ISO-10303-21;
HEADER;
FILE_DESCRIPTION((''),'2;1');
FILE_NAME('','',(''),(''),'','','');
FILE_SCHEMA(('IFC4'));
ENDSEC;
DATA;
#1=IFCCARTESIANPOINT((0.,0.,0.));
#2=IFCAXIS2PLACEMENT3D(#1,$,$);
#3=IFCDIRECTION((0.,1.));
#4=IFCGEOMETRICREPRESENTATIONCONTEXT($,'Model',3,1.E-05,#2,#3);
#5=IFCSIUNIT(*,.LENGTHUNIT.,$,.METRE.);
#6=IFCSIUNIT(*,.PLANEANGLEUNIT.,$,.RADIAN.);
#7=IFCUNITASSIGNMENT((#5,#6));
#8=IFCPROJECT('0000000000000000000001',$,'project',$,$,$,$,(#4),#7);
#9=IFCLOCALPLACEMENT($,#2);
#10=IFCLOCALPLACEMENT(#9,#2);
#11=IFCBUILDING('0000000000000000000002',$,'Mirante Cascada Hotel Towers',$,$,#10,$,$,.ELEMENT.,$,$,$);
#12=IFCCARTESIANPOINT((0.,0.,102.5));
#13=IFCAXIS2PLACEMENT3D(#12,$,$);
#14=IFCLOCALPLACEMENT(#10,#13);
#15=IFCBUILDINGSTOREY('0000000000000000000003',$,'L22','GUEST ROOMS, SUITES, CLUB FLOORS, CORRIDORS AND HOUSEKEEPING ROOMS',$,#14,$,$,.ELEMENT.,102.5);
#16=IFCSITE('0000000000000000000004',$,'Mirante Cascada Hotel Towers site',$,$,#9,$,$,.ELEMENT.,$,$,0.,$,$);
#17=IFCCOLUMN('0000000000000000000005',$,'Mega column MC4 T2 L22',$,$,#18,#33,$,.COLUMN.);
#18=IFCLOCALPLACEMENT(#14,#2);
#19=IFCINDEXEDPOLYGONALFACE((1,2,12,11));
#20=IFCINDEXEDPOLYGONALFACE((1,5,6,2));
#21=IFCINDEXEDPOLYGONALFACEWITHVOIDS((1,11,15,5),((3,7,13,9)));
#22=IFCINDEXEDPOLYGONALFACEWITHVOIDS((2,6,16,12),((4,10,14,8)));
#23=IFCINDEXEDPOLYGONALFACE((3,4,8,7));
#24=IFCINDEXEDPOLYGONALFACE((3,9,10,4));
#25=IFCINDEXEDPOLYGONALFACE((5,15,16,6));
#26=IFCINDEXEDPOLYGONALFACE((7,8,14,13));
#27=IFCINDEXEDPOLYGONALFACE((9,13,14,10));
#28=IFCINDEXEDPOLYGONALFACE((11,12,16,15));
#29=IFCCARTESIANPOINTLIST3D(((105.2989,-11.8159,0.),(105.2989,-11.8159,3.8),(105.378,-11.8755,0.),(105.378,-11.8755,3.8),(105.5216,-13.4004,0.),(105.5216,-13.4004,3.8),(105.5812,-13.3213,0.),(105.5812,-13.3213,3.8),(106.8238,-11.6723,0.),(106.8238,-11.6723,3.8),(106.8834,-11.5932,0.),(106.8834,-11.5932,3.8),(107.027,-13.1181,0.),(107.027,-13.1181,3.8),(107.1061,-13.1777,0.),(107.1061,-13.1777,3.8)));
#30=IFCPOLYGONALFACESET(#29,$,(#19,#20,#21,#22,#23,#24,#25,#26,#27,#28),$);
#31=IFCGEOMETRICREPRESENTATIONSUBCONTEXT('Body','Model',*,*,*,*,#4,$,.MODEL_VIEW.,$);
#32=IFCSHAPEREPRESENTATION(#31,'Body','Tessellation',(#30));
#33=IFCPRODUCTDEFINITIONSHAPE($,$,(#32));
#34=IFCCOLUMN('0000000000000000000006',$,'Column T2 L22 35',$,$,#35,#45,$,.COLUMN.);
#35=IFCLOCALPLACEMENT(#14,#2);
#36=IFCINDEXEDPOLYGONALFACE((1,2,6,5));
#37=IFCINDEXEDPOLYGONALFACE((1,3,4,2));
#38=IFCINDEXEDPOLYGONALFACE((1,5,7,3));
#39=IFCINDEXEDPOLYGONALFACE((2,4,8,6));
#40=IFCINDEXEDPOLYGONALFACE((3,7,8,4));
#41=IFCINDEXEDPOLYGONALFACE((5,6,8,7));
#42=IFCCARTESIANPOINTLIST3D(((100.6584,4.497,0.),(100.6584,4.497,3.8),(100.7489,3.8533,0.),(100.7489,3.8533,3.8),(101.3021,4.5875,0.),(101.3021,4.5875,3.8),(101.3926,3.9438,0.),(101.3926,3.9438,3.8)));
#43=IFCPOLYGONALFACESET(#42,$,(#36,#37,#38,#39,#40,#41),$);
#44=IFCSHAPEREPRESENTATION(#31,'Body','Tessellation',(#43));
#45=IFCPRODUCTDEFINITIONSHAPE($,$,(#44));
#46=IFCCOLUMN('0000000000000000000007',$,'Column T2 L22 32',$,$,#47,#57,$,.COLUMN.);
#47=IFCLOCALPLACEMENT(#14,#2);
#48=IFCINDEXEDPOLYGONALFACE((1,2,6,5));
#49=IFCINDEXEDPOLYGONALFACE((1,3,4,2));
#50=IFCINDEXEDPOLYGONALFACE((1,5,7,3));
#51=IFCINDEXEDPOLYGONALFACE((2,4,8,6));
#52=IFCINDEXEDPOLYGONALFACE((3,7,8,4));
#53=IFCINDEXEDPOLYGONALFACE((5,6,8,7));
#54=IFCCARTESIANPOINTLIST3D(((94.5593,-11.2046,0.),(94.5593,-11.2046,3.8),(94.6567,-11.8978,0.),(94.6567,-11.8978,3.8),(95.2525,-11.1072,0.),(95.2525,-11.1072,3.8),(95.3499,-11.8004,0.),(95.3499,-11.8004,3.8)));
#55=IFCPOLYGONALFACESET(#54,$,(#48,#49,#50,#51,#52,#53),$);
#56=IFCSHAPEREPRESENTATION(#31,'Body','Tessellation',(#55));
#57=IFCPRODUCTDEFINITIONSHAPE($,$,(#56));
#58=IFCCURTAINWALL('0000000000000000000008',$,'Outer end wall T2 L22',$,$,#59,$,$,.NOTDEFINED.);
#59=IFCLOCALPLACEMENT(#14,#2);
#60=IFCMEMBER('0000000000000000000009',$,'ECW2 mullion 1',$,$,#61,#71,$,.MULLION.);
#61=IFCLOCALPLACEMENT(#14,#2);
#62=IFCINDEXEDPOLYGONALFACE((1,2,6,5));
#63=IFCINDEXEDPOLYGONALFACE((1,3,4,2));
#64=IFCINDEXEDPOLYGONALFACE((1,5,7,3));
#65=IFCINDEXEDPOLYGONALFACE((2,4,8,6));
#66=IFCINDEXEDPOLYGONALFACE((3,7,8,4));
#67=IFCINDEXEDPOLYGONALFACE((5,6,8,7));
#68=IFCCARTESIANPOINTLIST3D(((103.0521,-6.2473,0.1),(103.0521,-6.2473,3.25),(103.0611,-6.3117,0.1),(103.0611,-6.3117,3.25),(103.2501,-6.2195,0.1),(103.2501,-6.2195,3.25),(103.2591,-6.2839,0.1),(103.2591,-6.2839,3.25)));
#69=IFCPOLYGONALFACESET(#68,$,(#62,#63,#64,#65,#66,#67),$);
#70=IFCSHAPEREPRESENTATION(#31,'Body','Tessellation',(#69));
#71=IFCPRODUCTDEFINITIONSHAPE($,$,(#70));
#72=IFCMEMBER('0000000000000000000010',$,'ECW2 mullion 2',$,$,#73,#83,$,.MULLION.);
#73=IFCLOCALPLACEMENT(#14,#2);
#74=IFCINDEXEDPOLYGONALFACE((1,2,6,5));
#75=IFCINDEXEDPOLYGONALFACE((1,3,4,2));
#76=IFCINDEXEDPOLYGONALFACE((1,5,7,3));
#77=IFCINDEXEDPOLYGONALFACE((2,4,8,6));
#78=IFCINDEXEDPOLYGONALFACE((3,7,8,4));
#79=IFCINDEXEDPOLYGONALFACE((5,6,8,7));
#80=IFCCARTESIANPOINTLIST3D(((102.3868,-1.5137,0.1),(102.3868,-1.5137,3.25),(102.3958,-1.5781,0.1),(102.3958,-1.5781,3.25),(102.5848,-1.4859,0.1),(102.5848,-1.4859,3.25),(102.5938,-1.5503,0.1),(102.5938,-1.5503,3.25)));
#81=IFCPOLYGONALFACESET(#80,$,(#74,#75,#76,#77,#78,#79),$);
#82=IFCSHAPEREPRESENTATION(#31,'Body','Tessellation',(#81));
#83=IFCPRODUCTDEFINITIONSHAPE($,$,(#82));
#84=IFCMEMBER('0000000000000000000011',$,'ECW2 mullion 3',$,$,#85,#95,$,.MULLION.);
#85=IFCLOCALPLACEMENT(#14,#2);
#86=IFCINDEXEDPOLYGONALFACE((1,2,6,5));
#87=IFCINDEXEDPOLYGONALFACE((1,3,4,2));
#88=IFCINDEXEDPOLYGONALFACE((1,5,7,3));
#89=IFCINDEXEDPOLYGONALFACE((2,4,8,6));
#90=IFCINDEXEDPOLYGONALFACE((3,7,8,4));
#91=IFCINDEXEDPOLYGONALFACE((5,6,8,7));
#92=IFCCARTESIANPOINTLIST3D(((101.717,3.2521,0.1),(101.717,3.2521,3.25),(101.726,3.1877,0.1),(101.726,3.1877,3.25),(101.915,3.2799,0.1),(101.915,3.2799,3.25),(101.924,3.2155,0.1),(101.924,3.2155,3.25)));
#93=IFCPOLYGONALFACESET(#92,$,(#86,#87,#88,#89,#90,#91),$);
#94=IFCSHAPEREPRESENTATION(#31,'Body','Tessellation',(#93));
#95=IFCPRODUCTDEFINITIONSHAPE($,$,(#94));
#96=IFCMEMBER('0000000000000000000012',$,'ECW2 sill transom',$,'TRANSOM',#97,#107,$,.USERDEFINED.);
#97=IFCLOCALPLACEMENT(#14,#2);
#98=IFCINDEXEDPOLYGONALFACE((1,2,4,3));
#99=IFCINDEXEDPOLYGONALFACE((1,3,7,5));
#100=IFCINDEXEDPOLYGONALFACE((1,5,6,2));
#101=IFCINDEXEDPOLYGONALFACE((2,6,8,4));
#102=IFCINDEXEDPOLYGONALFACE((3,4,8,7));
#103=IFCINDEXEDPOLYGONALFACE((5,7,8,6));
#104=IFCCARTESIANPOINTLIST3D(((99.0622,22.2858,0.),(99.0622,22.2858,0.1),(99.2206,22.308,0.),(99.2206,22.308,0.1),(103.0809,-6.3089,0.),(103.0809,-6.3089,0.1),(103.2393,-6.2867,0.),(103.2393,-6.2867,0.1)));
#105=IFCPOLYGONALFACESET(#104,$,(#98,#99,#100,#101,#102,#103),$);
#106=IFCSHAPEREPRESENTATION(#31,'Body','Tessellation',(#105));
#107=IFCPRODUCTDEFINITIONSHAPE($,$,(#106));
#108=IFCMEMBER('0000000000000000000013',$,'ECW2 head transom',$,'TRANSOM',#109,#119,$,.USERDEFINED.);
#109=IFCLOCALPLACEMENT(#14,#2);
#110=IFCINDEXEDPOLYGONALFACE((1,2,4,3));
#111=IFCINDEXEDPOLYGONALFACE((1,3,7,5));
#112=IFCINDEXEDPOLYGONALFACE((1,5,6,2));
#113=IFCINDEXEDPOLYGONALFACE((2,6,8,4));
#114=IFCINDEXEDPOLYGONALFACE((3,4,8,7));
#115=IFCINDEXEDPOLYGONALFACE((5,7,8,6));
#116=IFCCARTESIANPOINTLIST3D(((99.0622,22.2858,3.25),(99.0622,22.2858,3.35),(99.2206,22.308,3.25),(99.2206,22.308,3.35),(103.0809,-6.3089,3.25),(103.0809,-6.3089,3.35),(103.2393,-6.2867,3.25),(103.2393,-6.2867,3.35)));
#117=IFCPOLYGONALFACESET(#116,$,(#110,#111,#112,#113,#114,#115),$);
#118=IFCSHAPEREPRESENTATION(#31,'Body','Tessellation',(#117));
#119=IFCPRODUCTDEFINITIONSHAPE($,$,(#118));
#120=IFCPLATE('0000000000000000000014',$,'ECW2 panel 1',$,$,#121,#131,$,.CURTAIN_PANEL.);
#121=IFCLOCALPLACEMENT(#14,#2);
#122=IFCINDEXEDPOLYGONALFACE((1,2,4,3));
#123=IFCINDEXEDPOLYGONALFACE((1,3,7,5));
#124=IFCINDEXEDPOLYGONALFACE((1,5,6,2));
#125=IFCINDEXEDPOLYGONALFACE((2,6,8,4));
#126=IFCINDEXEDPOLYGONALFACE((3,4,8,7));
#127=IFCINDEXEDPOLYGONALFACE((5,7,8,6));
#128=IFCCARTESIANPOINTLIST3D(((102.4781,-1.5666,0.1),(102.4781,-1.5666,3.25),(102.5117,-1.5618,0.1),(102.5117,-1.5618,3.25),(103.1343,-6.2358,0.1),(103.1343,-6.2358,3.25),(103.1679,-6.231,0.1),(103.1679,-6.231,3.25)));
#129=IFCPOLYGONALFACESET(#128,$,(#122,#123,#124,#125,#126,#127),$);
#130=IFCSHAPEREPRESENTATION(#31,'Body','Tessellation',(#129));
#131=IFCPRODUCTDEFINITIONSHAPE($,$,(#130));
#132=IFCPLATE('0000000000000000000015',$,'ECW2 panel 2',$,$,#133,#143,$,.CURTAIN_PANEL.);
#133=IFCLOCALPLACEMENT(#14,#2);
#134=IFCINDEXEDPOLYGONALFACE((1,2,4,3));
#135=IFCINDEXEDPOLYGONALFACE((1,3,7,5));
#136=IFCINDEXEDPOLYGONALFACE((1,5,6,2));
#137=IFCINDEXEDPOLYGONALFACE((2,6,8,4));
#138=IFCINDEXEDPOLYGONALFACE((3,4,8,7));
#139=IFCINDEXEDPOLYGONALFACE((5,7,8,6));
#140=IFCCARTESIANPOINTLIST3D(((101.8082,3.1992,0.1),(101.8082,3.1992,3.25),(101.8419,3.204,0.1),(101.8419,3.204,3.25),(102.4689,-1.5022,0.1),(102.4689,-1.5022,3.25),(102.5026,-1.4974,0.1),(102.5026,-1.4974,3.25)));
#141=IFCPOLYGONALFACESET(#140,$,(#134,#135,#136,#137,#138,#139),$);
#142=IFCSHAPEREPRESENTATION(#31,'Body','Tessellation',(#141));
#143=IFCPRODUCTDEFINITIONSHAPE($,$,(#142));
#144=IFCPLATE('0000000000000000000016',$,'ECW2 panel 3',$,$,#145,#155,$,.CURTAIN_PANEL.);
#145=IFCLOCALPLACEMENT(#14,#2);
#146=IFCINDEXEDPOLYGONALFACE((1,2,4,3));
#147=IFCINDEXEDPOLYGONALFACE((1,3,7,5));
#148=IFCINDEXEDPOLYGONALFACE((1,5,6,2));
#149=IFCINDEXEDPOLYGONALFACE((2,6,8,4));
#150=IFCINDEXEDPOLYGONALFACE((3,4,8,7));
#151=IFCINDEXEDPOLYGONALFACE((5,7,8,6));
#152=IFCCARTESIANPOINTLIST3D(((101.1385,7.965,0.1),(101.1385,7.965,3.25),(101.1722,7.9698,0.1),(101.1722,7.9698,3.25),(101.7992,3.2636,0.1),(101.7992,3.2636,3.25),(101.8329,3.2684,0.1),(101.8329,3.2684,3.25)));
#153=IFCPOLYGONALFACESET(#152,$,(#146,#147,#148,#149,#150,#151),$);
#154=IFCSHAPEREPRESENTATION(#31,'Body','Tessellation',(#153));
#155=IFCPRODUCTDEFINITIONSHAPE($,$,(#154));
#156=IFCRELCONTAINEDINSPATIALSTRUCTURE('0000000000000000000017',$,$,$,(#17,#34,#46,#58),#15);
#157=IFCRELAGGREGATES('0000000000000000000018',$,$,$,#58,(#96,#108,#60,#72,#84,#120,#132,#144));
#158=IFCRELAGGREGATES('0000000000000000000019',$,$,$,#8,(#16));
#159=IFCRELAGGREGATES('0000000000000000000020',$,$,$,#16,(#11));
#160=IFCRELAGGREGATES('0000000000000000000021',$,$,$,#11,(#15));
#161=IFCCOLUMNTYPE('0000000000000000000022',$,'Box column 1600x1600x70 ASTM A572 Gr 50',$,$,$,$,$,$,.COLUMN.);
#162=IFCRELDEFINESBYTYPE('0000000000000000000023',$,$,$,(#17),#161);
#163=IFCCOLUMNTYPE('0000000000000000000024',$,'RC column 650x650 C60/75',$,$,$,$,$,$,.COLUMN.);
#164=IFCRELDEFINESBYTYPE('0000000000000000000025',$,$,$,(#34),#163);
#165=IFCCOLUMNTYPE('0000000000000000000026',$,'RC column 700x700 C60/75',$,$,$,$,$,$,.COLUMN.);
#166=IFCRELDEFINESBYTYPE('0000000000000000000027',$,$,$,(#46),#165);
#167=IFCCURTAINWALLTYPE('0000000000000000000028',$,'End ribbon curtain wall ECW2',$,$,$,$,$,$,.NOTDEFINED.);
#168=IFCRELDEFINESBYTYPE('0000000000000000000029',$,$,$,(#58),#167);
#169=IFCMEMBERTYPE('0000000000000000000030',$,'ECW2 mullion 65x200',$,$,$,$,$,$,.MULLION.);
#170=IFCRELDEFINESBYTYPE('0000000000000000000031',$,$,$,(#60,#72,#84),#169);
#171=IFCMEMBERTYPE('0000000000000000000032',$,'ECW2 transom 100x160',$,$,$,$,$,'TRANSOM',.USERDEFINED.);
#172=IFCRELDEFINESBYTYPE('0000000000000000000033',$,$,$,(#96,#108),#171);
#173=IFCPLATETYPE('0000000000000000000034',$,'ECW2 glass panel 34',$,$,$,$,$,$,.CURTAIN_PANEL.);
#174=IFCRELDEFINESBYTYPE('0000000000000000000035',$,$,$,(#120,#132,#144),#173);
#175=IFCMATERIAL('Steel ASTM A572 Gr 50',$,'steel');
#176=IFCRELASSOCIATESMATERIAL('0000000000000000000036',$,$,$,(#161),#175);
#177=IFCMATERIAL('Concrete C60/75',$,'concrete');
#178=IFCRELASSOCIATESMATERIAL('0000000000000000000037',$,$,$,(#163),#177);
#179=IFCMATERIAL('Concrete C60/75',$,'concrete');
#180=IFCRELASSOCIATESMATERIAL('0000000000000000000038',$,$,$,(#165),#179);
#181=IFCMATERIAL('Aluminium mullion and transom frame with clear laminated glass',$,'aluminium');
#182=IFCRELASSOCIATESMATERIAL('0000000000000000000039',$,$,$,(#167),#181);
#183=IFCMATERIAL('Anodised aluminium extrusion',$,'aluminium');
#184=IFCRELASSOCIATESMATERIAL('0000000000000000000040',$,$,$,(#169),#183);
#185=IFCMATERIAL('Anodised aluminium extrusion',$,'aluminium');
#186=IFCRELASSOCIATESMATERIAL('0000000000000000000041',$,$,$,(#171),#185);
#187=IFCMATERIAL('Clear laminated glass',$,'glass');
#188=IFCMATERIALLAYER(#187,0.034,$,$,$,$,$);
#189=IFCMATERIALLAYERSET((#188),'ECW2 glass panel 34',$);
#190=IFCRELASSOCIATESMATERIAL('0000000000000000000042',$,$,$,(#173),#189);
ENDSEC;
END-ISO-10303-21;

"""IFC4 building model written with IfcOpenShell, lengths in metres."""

from ifc_helpers import new_model, si_unit, direction, frame, origin, origin_2d, place, context, subcontext, project, spatial, rectangle, hollow_rectangle, extrude, material, layer, layer_set, material_profile, profile_set, type_object, element, aggregate, save


model = new_model("IFC4")

# Units and contexts
model_context = context("Model", 3, precision=1e-05, world=origin(), true_north=direction((0.0, 1.0)))
body_context = subcontext(model_context, "Body", "Model", "MODEL_VIEW")
ifc_project = project(units=[si_unit("LENGTHUNIT", "METRE"), si_unit("PLANEANGLEUNIT", "RADIAN")], contexts=[model_context])

# Site, building, storey
site_placement = place(None, origin())
site = spatial("IfcSite", under=ifc_project, at=site_placement, Name="Mirante Cascada Hotel Towers site", CompositionType="ELEMENT", RefElevation=0.0)
building_placement = place(site_placement, origin())
building = spatial("IfcBuilding", under=site, at=building_placement, Name="Mirante Cascada Hotel Towers", CompositionType="ELEMENT")
storey_placement = place(building_placement, frame((0.0, 0.0, 102.5)))
storey = spatial("IfcBuildingStorey", under=building, at=storey_placement, Name="L22", Description="GUEST ROOMS, SUITES, CLUB FLOORS, CORRIDORS AND HOUSEKEEPING ROOMS", CompositionType="ELEMENT", Elevation=102.5)

# Columns
ifc_material_1 = material(Name="Steel ASTM A572 Gr 50", Category="steel")
ifc_material_profile_1 = material_profile(ifc_material_1, hollow_rectangle(XDim=1.6, YDim=1.6, WallThickness=0.07, at=origin_2d()), Name="Box column 1600x1600x70 ASTM A572 Gr 50")
ifc_profile_set_1 = profile_set([ifc_material_profile_1], Name="Steel ASTM A572 Gr 50")
column_type_1 = type_object("IfcColumnType", Name="Box column 1600x1600x70 ASTM A572 Gr 50", PredefinedType="COLUMN", material=ifc_profile_set_1)
column_1_placement = place(storey_placement, frame((106.2025, -12.4968, 0.0), z_axis=(0.0, 0.0, 1.0), x_axis=(0.990268, 0.139173, 0.0)))
element("IfcColumn", 1, at=column_1_placement, inside=storey, type_object=column_type_1, Name="Mega column MC4 T2 L22", PredefinedType="COLUMN", context=body_context, shape_type="SweptSolid", body=[
    extrude(hollow_rectangle(XDim=1.6, YDim=1.6, WallThickness=0.07, at=origin_2d()), origin(), (0.0, 0.0, 1.0), 3.8),
])
ifc_material_2 = material(Name="Concrete C60/75", Category="concrete")
ifc_material_profile_2 = material_profile(ifc_material_2, rectangle(XDim=0.65, YDim=0.65, at=origin_2d()), Name="RC column 650x650 C60/75")
ifc_profile_set_2 = profile_set([ifc_material_profile_2], Name="Concrete C60/75")
column_type_2 = type_object("IfcColumnType", Name="RC column 650x650 C60/75", PredefinedType="COLUMN", material=ifc_profile_set_2)
column_2_placement = place(storey_placement, frame((101.0255, 4.2204, 0.0), z_axis=(0.0, 0.0, 1.0), x_axis=(0.990268, 0.139173, 0.0)))
element("IfcColumn", 2, at=column_2_placement, inside=storey, type_object=column_type_2, Name="Column T2 L22 35", PredefinedType="COLUMN", context=body_context, shape_type="SweptSolid", body=[
    extrude(rectangle(XDim=0.65, YDim=0.65, at=origin_2d()), origin(), (0.0, 0.0, 1.0), 3.8),
])
ifc_material_3 = material(Name="Concrete C60/75", Category="concrete")
ifc_material_profile_3 = material_profile(ifc_material_3, rectangle(XDim=0.7, YDim=0.7, at=origin_2d()), Name="RC column 700x700 C60/75")
ifc_profile_set_3 = profile_set([ifc_material_profile_3], Name="Concrete C60/75")
column_type_3 = type_object("IfcColumnType", Name="RC column 700x700 C60/75", PredefinedType="COLUMN", material=ifc_profile_set_3)
column_3_placement = place(storey_placement, frame((94.9546, -11.5025, 0.0), z_axis=(0.0, 0.0, 1.0), x_axis=(0.990268, 0.139173, 0.0)))
element("IfcColumn", 3, at=column_3_placement, inside=storey, type_object=column_type_3, Name="Column T2 L22 32", PredefinedType="COLUMN", context=body_context, shape_type="SweptSolid", body=[
    extrude(rectangle(XDim=0.7, YDim=0.7, at=origin_2d()), origin(), (0.0, 0.0, 1.0), 3.8),
])

# Curtain wall, members, plates
ifc_material_4 = material(Name="Aluminium mullion and transom frame with clear laminated glass", Category="aluminium")
curtain_wall_type = type_object("IfcCurtainWallType", Name="End ribbon curtain wall ECW2", PredefinedType="NOTDEFINED", material=ifc_material_4)
curtain_wall_placement = place(storey_placement, origin())
curtain_wall = element("IfcCurtainWall", 4, at=curtain_wall_placement, inside=storey, type_object=curtain_wall_type, Name="Outer end wall T2 L22", PredefinedType="NOTDEFINED")
ifc_material_5 = material(Name="Anodised aluminium extrusion", Category="aluminium")
ifc_material_profile_4 = material_profile(ifc_material_5, rectangle(XDim=0.2, YDim=0.065, at=origin_2d()), Name="ECW2 MULLION 65x200")
ifc_profile_set_4 = profile_set([ifc_material_profile_4], Name="Anodised aluminium extrusion")
member_type_1 = type_object("IfcMemberType", Name="ECW2 mullion 65x200", PredefinedType="MULLION", material=ifc_profile_set_4)
member_1_placement = place(storey_placement, frame((103.1556, -6.2656, 0.1), z_axis=(0.0, 0.0, 1.0), x_axis=(-0.990268, -0.139173, 0.0)))
member_1 = element("IfcMember", 5, at=member_1_placement, type_object=member_type_1, Name="ECW2 mullion 1", PredefinedType="MULLION", context=body_context, shape_type="SweptSolid", body=[
    extrude(rectangle(XDim=0.2, YDim=0.065, at=origin_2d()), origin(), (0.0, 0.0, 1.0), 3.15),
])
member_2_placement = place(storey_placement, frame((102.4903, -1.532, 0.1), z_axis=(0.0, 0.0, 1.0), x_axis=(-0.990268, -0.139173, 0.0)))
member_2 = element("IfcMember", 6, at=member_2_placement, type_object=member_type_1, Name="ECW2 mullion 2", PredefinedType="MULLION", context=body_context, shape_type="SweptSolid", body=[
    extrude(rectangle(XDim=0.2, YDim=0.065, at=origin_2d()), origin(), (0.0, 0.0, 1.0), 3.15),
])
member_3_placement = place(storey_placement, frame((101.8205, 3.2338, 0.1), z_axis=(0.0, 0.0, 1.0), x_axis=(-0.990268, -0.139173, 0.0)))
member_3 = element("IfcMember", 7, at=member_3_placement, type_object=member_type_1, Name="ECW2 mullion 3", PredefinedType="MULLION", context=body_context, shape_type="SweptSolid", body=[
    extrude(rectangle(XDim=0.2, YDim=0.065, at=origin_2d()), origin(), (0.0, 0.0, 1.0), 3.15),
])
ifc_material_6 = material(Name="Anodised aluminium extrusion", Category="aluminium")
ifc_material_profile_5 = material_profile(ifc_material_6, rectangle(XDim=0.16, YDim=0.1, at=origin_2d()), Name="ECW2 TRANSOM 100x160")
ifc_profile_set_5 = profile_set([ifc_material_profile_5], Name="Anodised aluminium extrusion")
member_type_2 = type_object("IfcMemberType", Name="ECW2 transom 100x160", ElementType="TRANSOM", PredefinedType="USERDEFINED", material=ifc_profile_set_5)
member_4_placement = place(storey_placement, frame((103.1601, -6.2978, 0.05), z_axis=(-0.139172, 0.990268, 0.0), x_axis=(-0.990268, -0.139172, 0.0)))
member_4 = element("IfcMember", 8, at=member_4_placement, type_object=member_type_2, Name="ECW2 sill transom", ObjectType="TRANSOM", PredefinedType="USERDEFINED", context=body_context, shape_type="SweptSolid", body=[
    extrude(rectangle(XDim=0.16, YDim=0.1, at=origin_2d()), origin(), (0.0, 0.0, 1.0), 28.8757),
])
member_5_placement = place(storey_placement, frame((103.1601, -6.2978, 3.3), z_axis=(-0.139172, 0.990268, 0.0), x_axis=(-0.990268, -0.139172, 0.0)))
member_5 = element("IfcMember", 9, at=member_5_placement, type_object=member_type_2, Name="ECW2 head transom", ObjectType="TRANSOM", PredefinedType="USERDEFINED", context=body_context, shape_type="SweptSolid", body=[
    extrude(rectangle(XDim=0.16, YDim=0.1, at=origin_2d()), origin(), (0.0, 0.0, 1.0), 28.8757),
])
ifc_material_7 = material(Name="Clear laminated glass", Category="glass")
ifc_layer_1 = layer(ifc_material_7, 0.034)
ifc_layer_set_1 = layer_set([ifc_layer_1], Name="ECW2 glass panel 34")
plate_type = type_object("IfcPlateType", Name="ECW2 glass panel 34", PredefinedType="CURTAIN_PANEL", material=ifc_layer_set_1)
plate_1_placement = place(storey_placement, frame((102.823, -3.8988, 0.1), z_axis=(0.0, 0.0, 1.0), x_axis=(-0.139173, 0.990268, 0.0)))
plate_1 = element("IfcPlate", 10, at=plate_1_placement, type_object=plate_type, Name="ECW2 panel 1", PredefinedType="CURTAIN_PANEL", context=body_context, shape_type="SweptSolid", body=[
    extrude(rectangle(XDim=4.7151, YDim=0.034, at=origin_2d()), origin(), (0.0, 0.0, 1.0), 3.15),
])
plate_2_placement = place(storey_placement, frame((102.1554, 0.8509, 0.1), z_axis=(0.0, 0.0, 1.0), x_axis=(-0.139173, 0.990268, 0.0)))
plate_2 = element("IfcPlate", 11, at=plate_2_placement, type_object=plate_type, Name="ECW2 panel 2", PredefinedType="CURTAIN_PANEL", context=body_context, shape_type="SweptSolid", body=[
    extrude(rectangle(XDim=4.7476, YDim=0.034, at=origin_2d()), origin(), (0.0, 0.0, 1.0), 3.15),
])
plate_3_placement = place(storey_placement, frame((101.4857, 5.6167, 0.1), z_axis=(0.0, 0.0, 1.0), x_axis=(-0.139173, 0.990268, 0.0)))
plate_3 = element("IfcPlate", 12, at=plate_3_placement, type_object=plate_type, Name="ECW2 panel 3", PredefinedType="CURTAIN_PANEL", context=body_context, shape_type="SweptSolid", body=[
    extrude(rectangle(XDim=4.7476, YDim=0.034, at=origin_2d()), origin(), (0.0, 0.0, 1.0), 3.15),
])
aggregate(curtain_wall, [member_4, member_5, member_1, member_2, member_3, plate_1, plate_2, plate_3])

save(model, "model.ifc")
